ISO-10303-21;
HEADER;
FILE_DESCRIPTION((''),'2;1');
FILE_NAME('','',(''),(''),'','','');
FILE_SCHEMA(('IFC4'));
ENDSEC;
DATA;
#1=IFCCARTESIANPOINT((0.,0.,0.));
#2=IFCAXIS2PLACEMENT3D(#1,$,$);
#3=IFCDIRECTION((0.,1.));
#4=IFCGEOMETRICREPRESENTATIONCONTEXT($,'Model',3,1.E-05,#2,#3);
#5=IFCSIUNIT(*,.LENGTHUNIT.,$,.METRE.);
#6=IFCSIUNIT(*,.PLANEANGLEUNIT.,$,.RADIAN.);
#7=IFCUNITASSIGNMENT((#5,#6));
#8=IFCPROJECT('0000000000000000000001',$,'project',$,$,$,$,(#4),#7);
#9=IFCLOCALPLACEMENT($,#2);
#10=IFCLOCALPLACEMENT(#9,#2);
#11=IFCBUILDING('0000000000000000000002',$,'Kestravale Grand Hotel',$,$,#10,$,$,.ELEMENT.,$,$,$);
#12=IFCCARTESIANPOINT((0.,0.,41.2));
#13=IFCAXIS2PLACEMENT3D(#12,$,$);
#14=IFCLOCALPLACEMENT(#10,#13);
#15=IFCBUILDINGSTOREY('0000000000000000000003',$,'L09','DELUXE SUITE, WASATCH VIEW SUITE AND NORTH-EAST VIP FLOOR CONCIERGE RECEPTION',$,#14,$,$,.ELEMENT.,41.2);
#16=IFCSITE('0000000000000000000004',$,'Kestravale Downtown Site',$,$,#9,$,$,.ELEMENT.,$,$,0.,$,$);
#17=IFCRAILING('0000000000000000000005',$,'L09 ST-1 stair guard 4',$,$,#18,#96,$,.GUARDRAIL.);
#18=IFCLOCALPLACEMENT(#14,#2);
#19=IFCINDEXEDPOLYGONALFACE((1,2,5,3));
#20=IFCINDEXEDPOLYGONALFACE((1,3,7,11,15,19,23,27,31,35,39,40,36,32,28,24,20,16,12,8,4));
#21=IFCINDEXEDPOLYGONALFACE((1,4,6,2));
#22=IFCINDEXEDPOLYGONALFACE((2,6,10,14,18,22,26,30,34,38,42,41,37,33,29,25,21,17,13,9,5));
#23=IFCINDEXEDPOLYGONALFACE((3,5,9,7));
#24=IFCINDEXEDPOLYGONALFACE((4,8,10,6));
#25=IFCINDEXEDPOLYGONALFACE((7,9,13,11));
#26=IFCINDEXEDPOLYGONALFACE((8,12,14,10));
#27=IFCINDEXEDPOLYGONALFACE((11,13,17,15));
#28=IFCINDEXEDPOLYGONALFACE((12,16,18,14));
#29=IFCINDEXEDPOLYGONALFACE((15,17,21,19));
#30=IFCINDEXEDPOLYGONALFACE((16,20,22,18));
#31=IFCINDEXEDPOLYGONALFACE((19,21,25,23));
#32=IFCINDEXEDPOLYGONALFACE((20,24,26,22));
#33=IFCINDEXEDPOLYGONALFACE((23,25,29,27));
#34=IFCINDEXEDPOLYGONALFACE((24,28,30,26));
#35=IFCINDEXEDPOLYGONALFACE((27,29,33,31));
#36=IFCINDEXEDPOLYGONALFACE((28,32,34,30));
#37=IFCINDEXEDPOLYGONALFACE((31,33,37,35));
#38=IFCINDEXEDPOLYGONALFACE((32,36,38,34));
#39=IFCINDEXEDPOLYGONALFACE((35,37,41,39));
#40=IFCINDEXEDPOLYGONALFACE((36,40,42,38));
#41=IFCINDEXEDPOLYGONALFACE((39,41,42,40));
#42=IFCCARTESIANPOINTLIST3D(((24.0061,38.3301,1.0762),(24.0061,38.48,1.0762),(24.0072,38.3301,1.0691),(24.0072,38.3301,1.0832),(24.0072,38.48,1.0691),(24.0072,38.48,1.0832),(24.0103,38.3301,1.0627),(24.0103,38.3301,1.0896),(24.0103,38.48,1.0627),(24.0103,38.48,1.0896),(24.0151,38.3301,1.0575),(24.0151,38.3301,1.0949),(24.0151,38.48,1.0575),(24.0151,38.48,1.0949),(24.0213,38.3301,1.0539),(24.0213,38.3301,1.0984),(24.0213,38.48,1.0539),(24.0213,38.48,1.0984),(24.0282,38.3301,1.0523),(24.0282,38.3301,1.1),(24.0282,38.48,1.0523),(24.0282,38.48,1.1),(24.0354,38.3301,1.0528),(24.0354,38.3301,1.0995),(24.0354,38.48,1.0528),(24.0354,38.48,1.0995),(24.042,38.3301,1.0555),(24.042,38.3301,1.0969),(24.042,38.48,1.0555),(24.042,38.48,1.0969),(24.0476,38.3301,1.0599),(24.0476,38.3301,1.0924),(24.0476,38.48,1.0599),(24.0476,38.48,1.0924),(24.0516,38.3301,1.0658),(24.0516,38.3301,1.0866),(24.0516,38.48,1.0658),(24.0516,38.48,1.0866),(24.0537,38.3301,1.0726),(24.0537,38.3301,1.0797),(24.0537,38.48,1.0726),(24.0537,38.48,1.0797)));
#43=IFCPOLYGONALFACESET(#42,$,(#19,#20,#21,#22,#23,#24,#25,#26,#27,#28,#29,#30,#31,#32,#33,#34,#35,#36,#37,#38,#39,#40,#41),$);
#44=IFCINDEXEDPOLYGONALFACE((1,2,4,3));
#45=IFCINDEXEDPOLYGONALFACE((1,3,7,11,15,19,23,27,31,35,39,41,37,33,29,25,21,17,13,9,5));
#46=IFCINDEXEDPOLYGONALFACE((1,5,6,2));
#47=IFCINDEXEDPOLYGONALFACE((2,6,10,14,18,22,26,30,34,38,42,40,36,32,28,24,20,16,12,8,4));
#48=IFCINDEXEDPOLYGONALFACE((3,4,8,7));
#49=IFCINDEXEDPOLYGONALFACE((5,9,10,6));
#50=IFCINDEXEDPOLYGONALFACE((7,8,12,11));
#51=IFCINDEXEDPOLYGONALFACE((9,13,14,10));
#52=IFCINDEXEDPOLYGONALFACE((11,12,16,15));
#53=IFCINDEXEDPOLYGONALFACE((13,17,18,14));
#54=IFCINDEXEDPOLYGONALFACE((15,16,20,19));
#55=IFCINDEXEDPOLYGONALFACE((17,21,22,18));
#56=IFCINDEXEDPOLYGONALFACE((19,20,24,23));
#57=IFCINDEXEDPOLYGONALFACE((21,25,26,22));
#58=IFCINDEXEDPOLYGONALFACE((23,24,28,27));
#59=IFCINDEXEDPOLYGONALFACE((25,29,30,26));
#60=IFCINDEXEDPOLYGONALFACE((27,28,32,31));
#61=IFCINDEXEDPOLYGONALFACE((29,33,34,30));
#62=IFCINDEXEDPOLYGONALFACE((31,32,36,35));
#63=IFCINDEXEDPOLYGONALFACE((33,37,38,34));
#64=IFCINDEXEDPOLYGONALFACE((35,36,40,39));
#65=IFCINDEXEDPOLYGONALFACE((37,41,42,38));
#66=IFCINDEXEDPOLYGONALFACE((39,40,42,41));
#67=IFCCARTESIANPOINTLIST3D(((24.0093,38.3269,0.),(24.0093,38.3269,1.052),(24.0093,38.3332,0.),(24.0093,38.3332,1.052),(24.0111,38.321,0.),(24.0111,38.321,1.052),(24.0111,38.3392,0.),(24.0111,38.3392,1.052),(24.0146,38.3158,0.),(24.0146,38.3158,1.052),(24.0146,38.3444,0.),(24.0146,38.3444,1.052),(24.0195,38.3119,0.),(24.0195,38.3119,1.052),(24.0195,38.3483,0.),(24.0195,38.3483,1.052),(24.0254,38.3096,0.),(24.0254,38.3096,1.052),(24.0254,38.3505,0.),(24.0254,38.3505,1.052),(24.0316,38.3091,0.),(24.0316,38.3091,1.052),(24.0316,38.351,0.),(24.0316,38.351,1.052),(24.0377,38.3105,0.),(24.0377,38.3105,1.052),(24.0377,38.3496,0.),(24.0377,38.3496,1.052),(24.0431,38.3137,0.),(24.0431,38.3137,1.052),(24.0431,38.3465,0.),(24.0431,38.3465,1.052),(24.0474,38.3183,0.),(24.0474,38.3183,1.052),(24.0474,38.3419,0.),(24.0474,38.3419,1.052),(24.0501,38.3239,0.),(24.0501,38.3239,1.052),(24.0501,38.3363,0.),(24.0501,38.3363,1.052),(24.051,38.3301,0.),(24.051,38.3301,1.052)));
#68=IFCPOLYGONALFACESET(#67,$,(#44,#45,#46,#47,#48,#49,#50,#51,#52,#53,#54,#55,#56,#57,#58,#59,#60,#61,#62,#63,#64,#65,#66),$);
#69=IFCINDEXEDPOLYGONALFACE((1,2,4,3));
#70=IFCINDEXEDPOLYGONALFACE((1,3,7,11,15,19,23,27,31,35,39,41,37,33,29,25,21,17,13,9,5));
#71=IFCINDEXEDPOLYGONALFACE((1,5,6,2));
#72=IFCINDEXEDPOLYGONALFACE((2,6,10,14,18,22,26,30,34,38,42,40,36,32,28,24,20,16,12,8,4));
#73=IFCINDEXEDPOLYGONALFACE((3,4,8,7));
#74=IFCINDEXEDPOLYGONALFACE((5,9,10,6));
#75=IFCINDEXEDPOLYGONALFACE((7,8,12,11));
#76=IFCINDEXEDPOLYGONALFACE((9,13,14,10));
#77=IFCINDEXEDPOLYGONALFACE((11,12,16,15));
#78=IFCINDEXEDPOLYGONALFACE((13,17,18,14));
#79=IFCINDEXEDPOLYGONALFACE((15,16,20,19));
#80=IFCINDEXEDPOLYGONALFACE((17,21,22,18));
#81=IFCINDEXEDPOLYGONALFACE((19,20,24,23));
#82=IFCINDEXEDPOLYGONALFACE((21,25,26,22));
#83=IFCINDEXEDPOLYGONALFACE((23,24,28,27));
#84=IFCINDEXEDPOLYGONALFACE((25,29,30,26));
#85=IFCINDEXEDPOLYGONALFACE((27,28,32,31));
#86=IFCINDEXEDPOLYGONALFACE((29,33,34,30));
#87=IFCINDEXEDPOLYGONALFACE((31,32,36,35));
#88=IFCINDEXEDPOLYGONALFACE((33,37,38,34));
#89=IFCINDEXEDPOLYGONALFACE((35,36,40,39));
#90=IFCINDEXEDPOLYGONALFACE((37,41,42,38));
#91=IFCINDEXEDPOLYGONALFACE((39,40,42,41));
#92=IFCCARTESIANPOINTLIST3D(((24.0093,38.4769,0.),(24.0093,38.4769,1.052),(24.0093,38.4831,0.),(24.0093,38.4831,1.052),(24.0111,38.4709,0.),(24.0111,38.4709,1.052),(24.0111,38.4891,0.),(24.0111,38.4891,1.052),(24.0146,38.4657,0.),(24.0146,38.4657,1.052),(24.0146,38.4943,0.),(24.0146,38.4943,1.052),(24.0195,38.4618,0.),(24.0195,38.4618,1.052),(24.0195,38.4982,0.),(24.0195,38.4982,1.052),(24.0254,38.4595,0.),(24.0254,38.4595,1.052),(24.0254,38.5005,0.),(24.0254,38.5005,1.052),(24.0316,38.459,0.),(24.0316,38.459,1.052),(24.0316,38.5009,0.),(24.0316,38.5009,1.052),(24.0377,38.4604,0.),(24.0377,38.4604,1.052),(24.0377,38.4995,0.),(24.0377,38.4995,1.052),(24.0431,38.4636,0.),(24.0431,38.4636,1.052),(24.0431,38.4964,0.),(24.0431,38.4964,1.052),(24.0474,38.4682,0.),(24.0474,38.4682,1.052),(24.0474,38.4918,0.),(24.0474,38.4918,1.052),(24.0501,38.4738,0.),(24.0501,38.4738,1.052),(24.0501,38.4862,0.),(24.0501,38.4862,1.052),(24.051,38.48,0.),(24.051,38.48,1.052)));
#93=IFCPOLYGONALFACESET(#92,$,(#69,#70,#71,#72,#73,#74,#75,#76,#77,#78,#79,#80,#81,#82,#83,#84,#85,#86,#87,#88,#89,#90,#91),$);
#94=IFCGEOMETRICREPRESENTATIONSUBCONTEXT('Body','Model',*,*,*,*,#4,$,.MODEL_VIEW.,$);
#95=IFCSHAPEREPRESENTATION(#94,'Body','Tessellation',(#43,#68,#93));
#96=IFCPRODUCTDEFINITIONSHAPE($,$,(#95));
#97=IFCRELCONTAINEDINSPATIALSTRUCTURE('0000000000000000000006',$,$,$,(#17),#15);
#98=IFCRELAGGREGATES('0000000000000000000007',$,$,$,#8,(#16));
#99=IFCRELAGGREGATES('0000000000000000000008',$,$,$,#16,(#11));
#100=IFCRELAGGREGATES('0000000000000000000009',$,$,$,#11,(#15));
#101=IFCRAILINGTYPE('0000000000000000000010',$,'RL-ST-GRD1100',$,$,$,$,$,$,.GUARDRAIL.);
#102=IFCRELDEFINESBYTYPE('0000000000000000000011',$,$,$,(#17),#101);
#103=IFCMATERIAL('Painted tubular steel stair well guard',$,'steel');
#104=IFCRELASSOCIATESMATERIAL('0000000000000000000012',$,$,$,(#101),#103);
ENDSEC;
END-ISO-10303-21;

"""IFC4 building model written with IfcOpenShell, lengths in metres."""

from ifc_helpers import new_model, si_unit, direction, frame, origin, origin_2d, place, context, subcontext, project, spatial, circle, extrude, material, type_object, element, save


model = new_model("IFC4")

# Units and contexts
model_context = context("Model", 3, precision=1e-05, world=origin(), true_north=direction((0.0, 1.0)))
body_context = subcontext(model_context, "Body", "Model", "MODEL_VIEW")
ifc_project = project(units=[si_unit("LENGTHUNIT", "METRE"), si_unit("PLANEANGLEUNIT", "RADIAN")], contexts=[model_context])

# Site, building, storey
site_placement = place(None, origin())
site = spatial("IfcSite", under=ifc_project, at=site_placement, Name="Kestravale Downtown Site", CompositionType="ELEMENT", RefElevation=0.0)
building_placement = place(site_placement, origin())
building = spatial("IfcBuilding", under=site, at=building_placement, Name="Kestravale Grand Hotel", CompositionType="ELEMENT")
storey_placement = place(building_placement, frame((0.0, 0.0, 41.2)))
storey = spatial("IfcBuildingStorey", under=building, at=storey_placement, Name="L09", Description="DELUXE SUITE, WASATCH VIEW SUITE AND NORTH-EAST VIP FLOOR CONCIERGE RECEPTION", CompositionType="ELEMENT", Elevation=41.2)

# Railing
ifc_material_1 = material(Name="Painted tubular steel stair well guard", Category="steel")
railing_type_1 = type_object("IfcRailingType", Name="RL-ST-GRD1100", PredefinedType="GUARDRAIL", material=ifc_material_1)
railing_1_placement = place(storey_placement, frame((24.03, 38.3301, 0.0)))
element("IfcRailing", 1, at=railing_1_placement, inside=storey, type_object=railing_type_1, Name="L09 ST-1 stair guard 4", PredefinedType="GUARDRAIL", context=body_context, shape_type="SweptSolid", body=[
    extrude(circle(Radius=0.0239, at=origin_2d()), frame((0.0, 0.0, 1.0762), z_axis=(0.0, 1.0, 0.0), x_axis=(-1.0, 0.0, 0.0)), (0.0, 0.0, 1.0), 0.1499),
    extrude(circle(Radius=0.021, at=origin_2d()), origin(), (0.0, 0.0, 1.0), 1.052),
    extrude(circle(Radius=0.021, at=origin_2d()), frame((0.0, 0.1499, 0.0)), (0.0, 0.0, 1.0), 1.052),
])

save(model, "model.ifc")
